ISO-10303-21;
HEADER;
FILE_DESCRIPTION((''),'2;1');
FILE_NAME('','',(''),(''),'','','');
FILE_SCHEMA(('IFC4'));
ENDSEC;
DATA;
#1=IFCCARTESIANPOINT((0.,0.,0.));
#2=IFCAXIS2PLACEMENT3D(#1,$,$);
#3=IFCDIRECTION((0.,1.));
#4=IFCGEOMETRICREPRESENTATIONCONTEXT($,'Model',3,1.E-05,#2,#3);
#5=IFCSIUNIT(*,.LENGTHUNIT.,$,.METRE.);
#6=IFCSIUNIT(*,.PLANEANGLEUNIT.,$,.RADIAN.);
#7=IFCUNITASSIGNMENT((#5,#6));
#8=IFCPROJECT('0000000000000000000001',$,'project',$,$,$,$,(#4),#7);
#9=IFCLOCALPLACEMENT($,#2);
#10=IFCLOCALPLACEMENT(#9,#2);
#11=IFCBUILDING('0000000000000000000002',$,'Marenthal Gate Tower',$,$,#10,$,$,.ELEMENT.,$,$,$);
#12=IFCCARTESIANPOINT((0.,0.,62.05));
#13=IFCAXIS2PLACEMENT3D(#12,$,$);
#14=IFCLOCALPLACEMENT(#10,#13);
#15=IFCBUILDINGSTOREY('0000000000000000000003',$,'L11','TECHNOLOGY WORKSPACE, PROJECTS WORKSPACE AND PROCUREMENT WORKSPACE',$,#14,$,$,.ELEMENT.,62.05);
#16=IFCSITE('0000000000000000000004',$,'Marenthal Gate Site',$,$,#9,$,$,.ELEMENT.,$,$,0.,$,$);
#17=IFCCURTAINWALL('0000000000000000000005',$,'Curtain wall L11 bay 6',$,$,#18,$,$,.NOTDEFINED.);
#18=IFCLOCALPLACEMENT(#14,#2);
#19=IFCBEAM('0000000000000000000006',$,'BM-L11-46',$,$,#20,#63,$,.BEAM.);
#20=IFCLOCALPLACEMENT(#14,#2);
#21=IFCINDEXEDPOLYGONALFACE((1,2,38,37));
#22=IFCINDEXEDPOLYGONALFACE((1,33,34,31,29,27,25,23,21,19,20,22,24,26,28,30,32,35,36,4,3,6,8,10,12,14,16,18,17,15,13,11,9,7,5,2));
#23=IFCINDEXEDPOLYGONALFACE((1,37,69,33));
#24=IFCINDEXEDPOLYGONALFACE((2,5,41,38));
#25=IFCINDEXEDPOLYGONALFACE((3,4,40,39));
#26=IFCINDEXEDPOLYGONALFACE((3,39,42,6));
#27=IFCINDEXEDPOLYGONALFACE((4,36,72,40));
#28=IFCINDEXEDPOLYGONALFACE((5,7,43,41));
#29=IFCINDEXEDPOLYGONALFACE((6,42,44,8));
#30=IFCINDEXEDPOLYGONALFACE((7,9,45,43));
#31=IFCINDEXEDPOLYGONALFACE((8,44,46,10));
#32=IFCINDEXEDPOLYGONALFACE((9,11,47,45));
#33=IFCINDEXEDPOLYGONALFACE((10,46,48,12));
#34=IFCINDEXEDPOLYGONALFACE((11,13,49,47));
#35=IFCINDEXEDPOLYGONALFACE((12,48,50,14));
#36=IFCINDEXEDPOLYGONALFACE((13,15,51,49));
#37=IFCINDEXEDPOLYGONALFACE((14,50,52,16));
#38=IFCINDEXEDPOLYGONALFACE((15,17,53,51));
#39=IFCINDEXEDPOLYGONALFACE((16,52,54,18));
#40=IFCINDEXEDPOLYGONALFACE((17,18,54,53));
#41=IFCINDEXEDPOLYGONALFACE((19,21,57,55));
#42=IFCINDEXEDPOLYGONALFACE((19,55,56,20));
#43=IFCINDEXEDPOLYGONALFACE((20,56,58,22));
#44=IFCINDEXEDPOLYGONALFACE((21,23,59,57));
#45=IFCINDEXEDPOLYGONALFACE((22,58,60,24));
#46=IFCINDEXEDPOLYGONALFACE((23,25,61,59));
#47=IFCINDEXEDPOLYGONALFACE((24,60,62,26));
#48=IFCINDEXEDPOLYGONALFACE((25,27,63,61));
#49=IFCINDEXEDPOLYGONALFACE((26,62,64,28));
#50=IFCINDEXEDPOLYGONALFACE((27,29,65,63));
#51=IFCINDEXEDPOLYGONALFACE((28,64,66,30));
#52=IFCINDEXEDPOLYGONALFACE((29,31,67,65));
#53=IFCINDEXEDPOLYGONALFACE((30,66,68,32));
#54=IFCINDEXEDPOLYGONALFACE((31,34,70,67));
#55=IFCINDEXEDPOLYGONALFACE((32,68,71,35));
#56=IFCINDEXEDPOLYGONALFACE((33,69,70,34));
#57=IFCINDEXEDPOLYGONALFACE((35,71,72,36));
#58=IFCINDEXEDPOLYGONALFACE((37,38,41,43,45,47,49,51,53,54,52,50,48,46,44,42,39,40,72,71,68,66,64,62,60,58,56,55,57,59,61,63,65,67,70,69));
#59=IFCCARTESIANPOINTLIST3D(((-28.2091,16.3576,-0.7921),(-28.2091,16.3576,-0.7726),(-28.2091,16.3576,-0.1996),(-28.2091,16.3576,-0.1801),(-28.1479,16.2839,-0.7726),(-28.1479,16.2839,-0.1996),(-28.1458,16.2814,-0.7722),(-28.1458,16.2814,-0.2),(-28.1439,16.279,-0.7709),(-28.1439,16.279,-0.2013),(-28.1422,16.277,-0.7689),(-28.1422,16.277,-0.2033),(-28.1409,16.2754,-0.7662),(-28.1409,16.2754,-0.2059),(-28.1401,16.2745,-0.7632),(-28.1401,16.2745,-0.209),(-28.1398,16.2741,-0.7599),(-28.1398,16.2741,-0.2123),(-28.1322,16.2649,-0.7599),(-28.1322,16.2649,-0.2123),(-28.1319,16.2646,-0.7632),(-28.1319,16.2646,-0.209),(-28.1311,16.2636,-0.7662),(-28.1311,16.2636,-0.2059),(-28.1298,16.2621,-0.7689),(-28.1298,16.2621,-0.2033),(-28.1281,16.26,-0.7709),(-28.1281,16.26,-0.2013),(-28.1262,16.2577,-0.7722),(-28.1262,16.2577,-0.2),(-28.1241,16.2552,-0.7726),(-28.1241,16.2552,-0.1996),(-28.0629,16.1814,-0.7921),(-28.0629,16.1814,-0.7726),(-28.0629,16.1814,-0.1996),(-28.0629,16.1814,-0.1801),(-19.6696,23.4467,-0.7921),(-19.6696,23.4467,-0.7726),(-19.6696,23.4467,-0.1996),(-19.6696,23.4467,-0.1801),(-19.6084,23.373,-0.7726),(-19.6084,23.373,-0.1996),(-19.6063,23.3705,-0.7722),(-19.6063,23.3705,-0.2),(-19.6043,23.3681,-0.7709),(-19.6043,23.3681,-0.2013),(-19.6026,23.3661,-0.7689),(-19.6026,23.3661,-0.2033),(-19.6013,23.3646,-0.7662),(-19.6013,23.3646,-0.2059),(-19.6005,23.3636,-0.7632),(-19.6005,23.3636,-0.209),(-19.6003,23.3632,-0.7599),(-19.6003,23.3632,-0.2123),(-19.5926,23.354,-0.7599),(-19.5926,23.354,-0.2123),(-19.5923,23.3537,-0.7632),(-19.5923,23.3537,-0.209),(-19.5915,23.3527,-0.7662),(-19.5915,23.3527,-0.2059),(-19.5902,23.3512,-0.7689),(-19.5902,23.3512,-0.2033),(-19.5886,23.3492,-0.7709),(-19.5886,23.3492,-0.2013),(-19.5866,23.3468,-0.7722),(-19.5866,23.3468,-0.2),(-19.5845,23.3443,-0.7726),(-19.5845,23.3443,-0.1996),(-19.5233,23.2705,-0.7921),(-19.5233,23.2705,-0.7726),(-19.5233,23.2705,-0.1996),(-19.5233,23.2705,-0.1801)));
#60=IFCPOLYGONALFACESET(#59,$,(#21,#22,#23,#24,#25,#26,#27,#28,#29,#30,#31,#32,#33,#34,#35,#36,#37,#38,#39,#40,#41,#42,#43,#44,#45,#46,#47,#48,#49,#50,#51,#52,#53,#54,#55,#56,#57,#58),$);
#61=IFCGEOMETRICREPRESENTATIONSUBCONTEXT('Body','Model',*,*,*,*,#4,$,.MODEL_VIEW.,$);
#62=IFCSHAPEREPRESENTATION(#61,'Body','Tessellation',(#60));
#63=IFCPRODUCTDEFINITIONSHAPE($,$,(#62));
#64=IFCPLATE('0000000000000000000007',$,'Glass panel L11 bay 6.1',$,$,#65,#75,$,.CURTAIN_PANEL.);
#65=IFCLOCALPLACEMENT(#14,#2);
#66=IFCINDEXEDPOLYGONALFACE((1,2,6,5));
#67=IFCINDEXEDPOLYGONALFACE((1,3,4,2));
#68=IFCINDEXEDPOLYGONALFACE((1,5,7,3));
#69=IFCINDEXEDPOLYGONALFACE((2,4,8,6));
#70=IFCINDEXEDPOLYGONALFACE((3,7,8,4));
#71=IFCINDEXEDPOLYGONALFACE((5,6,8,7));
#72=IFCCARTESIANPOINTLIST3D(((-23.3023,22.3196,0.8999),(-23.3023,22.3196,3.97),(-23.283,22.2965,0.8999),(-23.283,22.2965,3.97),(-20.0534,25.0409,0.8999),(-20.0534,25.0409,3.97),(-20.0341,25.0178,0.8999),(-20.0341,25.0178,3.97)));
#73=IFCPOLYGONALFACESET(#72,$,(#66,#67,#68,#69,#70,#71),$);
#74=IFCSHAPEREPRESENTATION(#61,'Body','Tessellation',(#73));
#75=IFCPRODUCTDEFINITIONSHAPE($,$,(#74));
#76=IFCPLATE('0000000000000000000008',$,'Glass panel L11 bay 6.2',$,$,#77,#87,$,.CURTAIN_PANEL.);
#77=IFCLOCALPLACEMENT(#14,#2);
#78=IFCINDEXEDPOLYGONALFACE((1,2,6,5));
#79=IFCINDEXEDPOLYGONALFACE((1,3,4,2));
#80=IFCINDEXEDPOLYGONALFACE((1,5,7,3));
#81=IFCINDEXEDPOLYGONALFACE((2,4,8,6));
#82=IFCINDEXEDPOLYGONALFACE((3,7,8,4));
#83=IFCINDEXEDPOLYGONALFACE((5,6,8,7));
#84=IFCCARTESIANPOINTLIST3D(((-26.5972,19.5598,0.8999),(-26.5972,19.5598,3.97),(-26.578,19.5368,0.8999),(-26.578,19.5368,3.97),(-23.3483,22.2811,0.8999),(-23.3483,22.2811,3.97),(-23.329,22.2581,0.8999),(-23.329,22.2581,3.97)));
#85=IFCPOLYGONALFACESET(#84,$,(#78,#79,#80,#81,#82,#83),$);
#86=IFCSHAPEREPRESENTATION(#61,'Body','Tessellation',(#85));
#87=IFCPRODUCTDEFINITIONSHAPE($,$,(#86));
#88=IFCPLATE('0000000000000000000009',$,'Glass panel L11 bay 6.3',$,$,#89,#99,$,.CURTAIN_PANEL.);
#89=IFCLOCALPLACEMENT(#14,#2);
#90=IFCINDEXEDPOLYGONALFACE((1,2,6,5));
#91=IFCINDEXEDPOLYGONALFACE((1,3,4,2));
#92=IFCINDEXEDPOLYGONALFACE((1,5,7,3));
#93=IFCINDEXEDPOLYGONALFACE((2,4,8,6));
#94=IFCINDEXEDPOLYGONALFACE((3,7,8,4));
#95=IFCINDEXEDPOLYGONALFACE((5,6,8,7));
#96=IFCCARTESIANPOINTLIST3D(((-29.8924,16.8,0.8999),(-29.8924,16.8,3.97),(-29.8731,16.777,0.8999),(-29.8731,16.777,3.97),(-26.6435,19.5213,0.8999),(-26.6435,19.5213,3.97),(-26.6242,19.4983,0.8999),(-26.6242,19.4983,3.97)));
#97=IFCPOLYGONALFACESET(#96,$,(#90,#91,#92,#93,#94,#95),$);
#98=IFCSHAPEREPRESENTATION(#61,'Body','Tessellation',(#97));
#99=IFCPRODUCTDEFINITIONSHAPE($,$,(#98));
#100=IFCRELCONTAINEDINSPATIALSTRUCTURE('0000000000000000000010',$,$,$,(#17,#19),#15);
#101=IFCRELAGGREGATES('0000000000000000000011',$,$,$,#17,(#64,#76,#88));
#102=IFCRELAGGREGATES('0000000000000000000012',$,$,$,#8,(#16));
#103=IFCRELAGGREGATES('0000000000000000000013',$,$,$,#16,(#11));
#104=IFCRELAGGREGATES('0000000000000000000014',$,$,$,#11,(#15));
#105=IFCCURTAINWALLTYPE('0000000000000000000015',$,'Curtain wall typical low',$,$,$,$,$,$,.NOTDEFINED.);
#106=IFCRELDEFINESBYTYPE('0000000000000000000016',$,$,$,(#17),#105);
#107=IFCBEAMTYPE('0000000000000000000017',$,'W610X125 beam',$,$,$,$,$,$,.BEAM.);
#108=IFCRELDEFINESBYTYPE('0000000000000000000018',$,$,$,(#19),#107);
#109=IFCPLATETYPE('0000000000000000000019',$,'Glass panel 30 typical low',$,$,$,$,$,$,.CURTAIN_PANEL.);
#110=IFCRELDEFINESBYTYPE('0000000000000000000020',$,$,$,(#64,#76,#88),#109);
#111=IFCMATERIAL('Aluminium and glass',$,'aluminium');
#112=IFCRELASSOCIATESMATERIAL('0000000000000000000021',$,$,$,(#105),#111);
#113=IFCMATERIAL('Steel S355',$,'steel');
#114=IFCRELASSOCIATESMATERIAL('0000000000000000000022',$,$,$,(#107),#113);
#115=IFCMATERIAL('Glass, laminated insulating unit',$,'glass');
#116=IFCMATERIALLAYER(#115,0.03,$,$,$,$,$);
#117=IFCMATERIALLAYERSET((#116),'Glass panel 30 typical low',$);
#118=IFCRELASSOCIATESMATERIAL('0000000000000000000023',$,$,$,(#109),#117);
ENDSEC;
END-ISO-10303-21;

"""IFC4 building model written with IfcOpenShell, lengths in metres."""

from ifc_helpers import new_model, si_unit, direction, frame, origin, origin_2d, place, context, subcontext, project, spatial, rectangle, i_section, extrude, material, layer, layer_set, material_profile, profile_set, type_object, element, aggregate, save


model = new_model("IFC4")

# Units and contexts
model_context = context("Model", 3, precision=1e-05, world=origin(), true_north=direction((0.0, 1.0)))
body_context = subcontext(model_context, "Body", "Model", "MODEL_VIEW")
ifc_project = project(units=[si_unit("LENGTHUNIT", "METRE"), si_unit("PLANEANGLEUNIT", "RADIAN")], contexts=[model_context])

# Site, building, storey
site_placement = place(None, origin())
site = spatial("IfcSite", under=ifc_project, at=site_placement, Name="Marenthal Gate Site", CompositionType="ELEMENT", RefElevation=0.0)
building_placement = place(site_placement, origin())
building = spatial("IfcBuilding", under=site, at=building_placement, Name="Marenthal Gate Tower", CompositionType="ELEMENT")
storey_placement = place(building_placement, frame((0.0, 0.0, 62.05)))
storey = spatial("IfcBuildingStorey", under=building, at=storey_placement, Name="L11", Description="TECHNOLOGY WORKSPACE, PROJECTS WORKSPACE AND PROCUREMENT WORKSPACE", CompositionType="ELEMENT", Elevation=62.05)

# Curtain wall
ifc_material_1 = material(Name="Aluminium and glass", Category="aluminium")
curtain_wall_type = type_object("IfcCurtainWallType", Name="Curtain wall typical low", PredefinedType="NOTDEFINED", material=ifc_material_1)
curtain_wall_placement = place(storey_placement, origin())
curtain_wall = element("IfcCurtainWall", 1, at=curtain_wall_placement, inside=storey, type_object=curtain_wall_type, Name="Curtain wall L11 bay 6", PredefinedType="NOTDEFINED")

# Beam
ifc_material_2 = material(Name="Steel S355", Category="steel")
ifc_material_profile_1 = material_profile(ifc_material_2, i_section(OverallWidth=0.229, OverallDepth=0.6121, WebThickness=0.012, FlangeThickness=0.0195, FilletRadius=0.0127, at=origin_2d()), Name="W610X125")
ifc_profile_set_1 = profile_set([ifc_material_profile_1], Name="Steel S355")
beam_type_1 = type_object("IfcBeamType", Name="W610X125 beam", PredefinedType="BEAM", material=ifc_profile_set_1)
beam_1_placement = place(storey_placement, frame((-19.5964, 23.3586, -0.4861), z_axis=(-0.769424, -0.638738, 0.0), x_axis=(0.638738, -0.769424, 0.0)))
element("IfcBeam", 2, at=beam_1_placement, inside=storey, type_object=beam_type_1, Name="BM-L11-46", PredefinedType="BEAM", context=body_context, shape_type="SweptSolid", body=[
    extrude(i_section(OverallWidth=0.229, OverallDepth=0.6121, WebThickness=0.012, FlangeThickness=0.0195, FilletRadius=0.0127, at=origin_2d()), origin(), (0.0, 0.0, 1.0), 11.0986),
])

# Plates
ifc_material_3 = material(Name="Glass, laminated insulating unit", Category="glass")
ifc_layer_1 = layer(ifc_material_3, 0.03)
ifc_layer_set_1 = layer_set([ifc_layer_1], Name="Glass panel 30 typical low")
plate_type = type_object("IfcPlateType", Name="Glass panel 30 typical low", PredefinedType="CURTAIN_PANEL", material=ifc_layer_set_1)
plate_1_placement = place(storey_placement, frame((-21.6682, 23.6687, 0.8999), z_axis=(0.0, 0.0, 1.0), x_axis=(-0.766611, -0.642112, 0.0)))
plate_1 = element("IfcPlate", 3, at=plate_1_placement, type_object=plate_type, Name="Glass panel L11 bay 6.1", PredefinedType="CURTAIN_PANEL", context=body_context, shape_type="SweptSolid", body=[
    extrude(rectangle(XDim=4.238, YDim=0.03, at=origin_2d()), origin(), (0.0, 0.0, 1.0), 3.0701),
])
plate_2_placement = place(storey_placement, frame((-24.9631, 20.9089, 0.8999), z_axis=(0.0, 0.0, 1.0), x_axis=(-0.766611, -0.642112, 0.0)))
plate_2 = element("IfcPlate", 4, at=plate_2_placement, type_object=plate_type, Name="Glass panel L11 bay 6.2", PredefinedType="CURTAIN_PANEL", context=body_context, shape_type="SweptSolid", body=[
    extrude(rectangle(XDim=4.238, YDim=0.03, at=origin_2d()), origin(), (0.0, 0.0, 1.0), 3.0701),
])
plate_3_placement = place(storey_placement, frame((-28.2583, 18.1492, 0.8999), z_axis=(0.0, 0.0, 1.0), x_axis=(-0.766611, -0.642112, 0.0)))
plate_3 = element("IfcPlate", 5, at=plate_3_placement, type_object=plate_type, Name="Glass panel L11 bay 6.3", PredefinedType="CURTAIN_PANEL", context=body_context, shape_type="SweptSolid", body=[
    extrude(rectangle(XDim=4.238, YDim=0.03, at=origin_2d()), origin(), (0.0, 0.0, 1.0), 3.0701),
])
aggregate(curtain_wall, [plate_1, plate_2, plate_3])

save(model, "model.ifc")
